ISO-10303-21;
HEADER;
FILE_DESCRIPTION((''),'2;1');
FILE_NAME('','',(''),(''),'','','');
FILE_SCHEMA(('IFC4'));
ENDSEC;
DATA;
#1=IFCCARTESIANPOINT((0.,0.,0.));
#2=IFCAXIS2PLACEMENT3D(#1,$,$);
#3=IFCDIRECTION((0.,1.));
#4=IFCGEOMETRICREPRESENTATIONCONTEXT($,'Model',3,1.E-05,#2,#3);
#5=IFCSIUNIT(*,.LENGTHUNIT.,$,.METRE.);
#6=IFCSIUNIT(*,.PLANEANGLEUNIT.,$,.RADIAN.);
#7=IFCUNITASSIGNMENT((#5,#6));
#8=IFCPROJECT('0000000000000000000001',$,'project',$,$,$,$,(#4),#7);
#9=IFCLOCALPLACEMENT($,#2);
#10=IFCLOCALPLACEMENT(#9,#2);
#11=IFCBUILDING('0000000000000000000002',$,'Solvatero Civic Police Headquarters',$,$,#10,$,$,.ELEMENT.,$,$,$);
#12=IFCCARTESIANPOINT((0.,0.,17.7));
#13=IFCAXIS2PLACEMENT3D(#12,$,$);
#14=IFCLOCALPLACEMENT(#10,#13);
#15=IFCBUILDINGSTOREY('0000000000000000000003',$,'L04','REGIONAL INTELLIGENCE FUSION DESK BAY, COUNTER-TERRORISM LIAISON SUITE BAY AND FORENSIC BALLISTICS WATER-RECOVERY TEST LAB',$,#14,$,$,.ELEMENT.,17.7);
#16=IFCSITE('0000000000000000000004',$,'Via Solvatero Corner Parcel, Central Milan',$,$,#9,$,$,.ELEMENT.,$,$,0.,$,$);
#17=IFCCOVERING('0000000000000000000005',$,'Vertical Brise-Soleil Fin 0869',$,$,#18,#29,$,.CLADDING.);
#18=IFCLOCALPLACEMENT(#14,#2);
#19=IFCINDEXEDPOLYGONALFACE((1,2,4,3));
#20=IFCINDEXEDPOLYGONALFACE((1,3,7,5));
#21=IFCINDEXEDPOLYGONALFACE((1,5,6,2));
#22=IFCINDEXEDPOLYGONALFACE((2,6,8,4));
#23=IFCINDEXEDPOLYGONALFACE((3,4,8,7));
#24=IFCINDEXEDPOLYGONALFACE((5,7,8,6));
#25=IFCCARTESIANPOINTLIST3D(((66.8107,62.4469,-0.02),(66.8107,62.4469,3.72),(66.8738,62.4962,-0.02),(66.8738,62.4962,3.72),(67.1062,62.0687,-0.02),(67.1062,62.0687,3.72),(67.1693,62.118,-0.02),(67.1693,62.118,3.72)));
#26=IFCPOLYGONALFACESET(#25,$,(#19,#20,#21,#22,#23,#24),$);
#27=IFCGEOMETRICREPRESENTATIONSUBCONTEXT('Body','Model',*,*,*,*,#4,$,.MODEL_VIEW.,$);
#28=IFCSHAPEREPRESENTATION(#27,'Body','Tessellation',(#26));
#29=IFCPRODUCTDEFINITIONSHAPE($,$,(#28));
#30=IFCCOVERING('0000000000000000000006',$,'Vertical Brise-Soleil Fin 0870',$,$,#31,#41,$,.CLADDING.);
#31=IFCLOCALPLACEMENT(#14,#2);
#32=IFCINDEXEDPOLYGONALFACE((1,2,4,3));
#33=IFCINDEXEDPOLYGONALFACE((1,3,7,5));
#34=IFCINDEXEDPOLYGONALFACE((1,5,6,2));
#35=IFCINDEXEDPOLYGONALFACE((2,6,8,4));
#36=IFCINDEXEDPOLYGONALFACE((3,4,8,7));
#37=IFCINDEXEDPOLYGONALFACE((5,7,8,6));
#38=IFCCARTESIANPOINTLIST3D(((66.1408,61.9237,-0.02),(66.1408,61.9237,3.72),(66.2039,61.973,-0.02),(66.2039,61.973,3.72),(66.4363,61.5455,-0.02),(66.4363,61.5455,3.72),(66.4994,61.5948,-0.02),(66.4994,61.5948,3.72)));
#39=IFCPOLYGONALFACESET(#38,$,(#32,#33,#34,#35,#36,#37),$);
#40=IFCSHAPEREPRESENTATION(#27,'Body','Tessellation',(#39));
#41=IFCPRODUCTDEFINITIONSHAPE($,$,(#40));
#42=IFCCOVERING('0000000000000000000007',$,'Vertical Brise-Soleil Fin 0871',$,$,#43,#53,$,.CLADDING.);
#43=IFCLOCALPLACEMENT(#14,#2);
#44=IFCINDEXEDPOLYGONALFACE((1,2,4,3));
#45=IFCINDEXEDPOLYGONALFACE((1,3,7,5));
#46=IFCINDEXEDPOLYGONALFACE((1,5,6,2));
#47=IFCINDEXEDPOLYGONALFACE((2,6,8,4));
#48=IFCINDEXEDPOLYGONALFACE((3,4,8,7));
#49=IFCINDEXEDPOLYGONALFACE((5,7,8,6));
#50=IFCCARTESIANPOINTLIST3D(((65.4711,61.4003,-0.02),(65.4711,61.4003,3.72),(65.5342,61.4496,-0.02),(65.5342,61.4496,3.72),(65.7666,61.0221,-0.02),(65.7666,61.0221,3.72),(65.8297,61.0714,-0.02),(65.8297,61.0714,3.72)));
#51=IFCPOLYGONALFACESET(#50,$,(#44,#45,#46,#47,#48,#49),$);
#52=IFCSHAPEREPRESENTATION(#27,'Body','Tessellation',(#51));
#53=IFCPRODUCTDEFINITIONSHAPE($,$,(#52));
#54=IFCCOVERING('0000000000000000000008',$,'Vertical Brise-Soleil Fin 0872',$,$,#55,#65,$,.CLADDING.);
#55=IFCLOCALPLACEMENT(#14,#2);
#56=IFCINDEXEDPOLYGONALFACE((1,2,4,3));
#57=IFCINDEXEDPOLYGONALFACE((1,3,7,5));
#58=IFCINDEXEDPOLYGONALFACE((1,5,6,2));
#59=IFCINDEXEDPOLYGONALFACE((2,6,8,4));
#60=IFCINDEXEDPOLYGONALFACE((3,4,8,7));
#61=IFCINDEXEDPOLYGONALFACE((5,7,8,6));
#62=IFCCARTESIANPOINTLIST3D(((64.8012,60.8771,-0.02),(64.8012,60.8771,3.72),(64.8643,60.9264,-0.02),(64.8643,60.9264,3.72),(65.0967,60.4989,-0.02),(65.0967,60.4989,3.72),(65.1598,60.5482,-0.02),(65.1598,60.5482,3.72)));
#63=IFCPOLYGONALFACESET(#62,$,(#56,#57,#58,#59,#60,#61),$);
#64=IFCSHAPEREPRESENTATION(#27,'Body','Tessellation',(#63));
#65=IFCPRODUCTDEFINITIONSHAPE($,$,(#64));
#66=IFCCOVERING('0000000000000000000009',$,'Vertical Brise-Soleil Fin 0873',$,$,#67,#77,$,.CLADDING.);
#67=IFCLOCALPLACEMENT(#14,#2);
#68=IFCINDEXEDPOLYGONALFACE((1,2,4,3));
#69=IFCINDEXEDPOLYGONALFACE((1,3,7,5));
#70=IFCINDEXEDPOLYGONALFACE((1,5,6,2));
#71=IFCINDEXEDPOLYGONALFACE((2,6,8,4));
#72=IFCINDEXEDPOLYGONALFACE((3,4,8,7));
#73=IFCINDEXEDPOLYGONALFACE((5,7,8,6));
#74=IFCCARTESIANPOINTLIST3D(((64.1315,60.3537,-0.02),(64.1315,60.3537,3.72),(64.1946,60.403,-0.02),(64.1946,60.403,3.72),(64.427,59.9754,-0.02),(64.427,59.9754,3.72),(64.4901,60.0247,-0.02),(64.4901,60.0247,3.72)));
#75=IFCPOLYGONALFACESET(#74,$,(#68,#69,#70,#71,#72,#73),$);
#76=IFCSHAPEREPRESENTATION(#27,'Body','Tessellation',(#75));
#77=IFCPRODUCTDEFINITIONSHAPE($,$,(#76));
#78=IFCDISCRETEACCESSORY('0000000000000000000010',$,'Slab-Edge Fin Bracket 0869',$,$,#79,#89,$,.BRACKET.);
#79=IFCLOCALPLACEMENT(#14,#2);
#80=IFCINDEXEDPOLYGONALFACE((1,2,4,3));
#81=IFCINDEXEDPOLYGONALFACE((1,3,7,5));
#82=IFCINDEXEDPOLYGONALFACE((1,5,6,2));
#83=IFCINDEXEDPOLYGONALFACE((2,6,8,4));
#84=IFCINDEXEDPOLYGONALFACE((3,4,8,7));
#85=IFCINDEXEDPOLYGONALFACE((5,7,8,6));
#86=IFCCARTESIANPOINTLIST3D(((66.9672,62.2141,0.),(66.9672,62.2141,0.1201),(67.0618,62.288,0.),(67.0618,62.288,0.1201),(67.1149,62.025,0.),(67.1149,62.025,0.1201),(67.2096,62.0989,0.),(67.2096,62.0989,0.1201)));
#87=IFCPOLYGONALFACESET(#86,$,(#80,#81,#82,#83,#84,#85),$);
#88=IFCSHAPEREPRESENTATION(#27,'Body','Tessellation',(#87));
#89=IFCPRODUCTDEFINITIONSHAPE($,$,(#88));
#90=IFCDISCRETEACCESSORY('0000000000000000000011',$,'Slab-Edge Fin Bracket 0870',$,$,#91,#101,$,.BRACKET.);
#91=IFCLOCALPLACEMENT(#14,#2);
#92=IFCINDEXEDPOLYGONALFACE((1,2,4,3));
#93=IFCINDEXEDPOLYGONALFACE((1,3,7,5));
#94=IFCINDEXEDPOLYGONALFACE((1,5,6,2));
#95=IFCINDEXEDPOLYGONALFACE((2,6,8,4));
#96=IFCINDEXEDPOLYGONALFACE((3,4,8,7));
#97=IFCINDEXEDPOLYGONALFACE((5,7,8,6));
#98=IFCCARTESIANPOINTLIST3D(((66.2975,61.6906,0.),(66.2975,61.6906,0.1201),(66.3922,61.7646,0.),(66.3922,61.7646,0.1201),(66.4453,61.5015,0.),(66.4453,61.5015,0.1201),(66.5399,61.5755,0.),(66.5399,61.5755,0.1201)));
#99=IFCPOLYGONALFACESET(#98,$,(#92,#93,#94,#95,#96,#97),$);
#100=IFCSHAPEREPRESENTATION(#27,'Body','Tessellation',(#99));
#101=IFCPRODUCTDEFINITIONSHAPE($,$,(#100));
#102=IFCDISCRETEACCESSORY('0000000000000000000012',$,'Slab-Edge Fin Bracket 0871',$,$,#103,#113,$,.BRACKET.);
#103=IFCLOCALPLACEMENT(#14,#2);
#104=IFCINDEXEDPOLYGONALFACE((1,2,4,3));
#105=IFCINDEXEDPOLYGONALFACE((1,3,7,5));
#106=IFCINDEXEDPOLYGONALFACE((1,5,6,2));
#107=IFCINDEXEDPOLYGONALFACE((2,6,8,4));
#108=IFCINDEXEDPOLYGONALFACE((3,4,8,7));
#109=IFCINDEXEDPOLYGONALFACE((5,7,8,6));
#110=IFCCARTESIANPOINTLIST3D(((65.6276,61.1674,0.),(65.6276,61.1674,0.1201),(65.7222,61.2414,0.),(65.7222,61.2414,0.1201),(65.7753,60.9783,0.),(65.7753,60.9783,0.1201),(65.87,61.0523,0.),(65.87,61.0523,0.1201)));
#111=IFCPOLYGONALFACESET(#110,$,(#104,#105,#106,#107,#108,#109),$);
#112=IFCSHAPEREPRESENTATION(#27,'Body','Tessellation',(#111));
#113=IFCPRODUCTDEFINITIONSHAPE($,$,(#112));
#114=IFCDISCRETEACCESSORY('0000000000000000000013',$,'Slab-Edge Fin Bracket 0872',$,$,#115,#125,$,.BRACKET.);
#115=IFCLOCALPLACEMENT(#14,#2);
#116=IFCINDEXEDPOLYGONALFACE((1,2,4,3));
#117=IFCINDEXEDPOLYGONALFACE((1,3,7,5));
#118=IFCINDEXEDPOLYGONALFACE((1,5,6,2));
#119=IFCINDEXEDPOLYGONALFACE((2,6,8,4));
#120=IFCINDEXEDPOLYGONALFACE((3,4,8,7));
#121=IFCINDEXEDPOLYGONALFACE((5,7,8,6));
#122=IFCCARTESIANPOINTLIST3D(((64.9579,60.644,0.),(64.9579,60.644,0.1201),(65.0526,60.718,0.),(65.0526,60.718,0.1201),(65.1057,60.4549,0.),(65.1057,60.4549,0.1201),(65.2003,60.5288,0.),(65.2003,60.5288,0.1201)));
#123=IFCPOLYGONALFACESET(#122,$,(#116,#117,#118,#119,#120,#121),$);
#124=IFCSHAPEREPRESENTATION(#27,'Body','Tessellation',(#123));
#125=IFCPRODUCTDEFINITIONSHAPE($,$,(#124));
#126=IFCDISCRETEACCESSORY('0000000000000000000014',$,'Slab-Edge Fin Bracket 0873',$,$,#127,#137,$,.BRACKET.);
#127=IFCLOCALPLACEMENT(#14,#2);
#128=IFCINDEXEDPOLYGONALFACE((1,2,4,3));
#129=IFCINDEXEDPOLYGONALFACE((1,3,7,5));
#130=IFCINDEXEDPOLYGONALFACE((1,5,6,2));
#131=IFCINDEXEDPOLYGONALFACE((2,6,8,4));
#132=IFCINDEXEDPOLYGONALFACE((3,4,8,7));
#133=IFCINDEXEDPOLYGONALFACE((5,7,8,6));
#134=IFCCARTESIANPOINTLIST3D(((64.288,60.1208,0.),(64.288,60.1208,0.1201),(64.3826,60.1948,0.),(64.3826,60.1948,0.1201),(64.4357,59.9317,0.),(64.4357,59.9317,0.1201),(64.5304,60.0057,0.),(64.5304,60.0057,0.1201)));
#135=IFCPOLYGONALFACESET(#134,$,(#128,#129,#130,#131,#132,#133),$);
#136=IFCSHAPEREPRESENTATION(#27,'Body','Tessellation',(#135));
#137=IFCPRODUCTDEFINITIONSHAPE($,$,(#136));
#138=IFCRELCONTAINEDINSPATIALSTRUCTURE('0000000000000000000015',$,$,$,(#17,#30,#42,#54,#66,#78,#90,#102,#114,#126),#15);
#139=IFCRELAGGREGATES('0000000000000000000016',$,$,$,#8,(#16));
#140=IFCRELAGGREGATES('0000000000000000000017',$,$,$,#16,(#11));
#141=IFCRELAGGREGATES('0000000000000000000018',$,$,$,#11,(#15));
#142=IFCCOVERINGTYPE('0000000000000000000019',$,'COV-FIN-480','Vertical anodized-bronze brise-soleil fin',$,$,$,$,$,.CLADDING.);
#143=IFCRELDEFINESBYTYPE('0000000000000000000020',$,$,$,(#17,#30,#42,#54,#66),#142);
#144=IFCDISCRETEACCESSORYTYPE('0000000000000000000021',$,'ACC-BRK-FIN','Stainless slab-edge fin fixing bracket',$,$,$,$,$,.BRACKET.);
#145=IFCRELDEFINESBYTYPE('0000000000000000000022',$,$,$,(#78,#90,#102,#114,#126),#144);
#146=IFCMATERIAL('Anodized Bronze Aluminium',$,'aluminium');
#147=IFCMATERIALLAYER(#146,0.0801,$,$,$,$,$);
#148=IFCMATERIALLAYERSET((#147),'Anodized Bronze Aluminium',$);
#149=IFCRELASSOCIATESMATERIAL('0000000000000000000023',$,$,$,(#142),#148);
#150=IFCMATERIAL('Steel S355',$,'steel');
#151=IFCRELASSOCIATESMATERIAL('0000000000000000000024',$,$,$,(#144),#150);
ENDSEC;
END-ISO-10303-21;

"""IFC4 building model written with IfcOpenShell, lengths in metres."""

from ifc_helpers import new_model, si_unit, direction, frame, origin, origin_2d, place, context, subcontext, project, spatial, rectangle, extrude, material, layer, layer_set, type_object, element, save


model = new_model("IFC4")

# Units and contexts
model_context = context("Model", 3, precision=1e-05, world=origin(), true_north=direction((0.0, 1.0)))
body_context = subcontext(model_context, "Body", "Model", "MODEL_VIEW")
ifc_project = project(units=[si_unit("LENGTHUNIT", "METRE"), si_unit("PLANEANGLEUNIT", "RADIAN")], contexts=[model_context])

# Site, building, storey
site_placement = place(None, origin())
site = spatial("IfcSite", under=ifc_project, at=site_placement, Name="Via Solvatero Corner Parcel, Central Milan", CompositionType="ELEMENT", RefElevation=0.0)
building_placement = place(site_placement, origin())
building = spatial("IfcBuilding", under=site, at=building_placement, Name="Solvatero Civic Police Headquarters", CompositionType="ELEMENT")
storey_placement = place(building_placement, frame((0.0, 0.0, 17.7)))
storey = spatial("IfcBuildingStorey", under=building, at=storey_placement, Name="L04", Description="REGIONAL INTELLIGENCE FUSION DESK BAY, COUNTER-TERRORISM LIAISON SUITE BAY AND FORENSIC BALLISTICS WATER-RECOVERY TEST LAB", CompositionType="ELEMENT", Elevation=17.7)

# Shared definitions
ifc_material_1 = material(Name="Steel S355", Category="steel")

# Shared definitions
ifc_material_2 = material(Name="Anodized Bronze Aluminium", Category="aluminium")

# Coverings
ifc_layer_1 = layer(ifc_material_2, 0.0801)
ifc_layer_set_1 = layer_set([ifc_layer_1], Name="Anodized Bronze Aluminium")
covering_type = type_object("IfcCoveringType", Name="COV-FIN-480", Description="Vertical anodized-bronze brise-soleil fin", PredefinedType="CLADDING", material=ifc_layer_set_1)
for number, where, z_axis, x_axis, name in (
    (1, (66.99, 62.2825, -0.02), (0.0, 0.0, 1.0), (-0.788011, -0.615661, 0.0), "Vertical Brise-Soleil Fin 0869"),
    (2, (66.3201, 61.7593, -0.02), (0.0, 0.0, 1.0), (-0.788011, -0.615661, 0.0), "Vertical Brise-Soleil Fin 0870"),
    (3, (65.6504, 61.2358, -0.02), (0.0, 0.0, 1.0), (-0.788011, -0.615661, 0.0), "Vertical Brise-Soleil Fin 0871"),
    (4, (64.9805, 60.7126, -0.02), (0.0, 0.0, 1.0), (-0.788011, -0.615661, 0.0), "Vertical Brise-Soleil Fin 0872"),
    (5, (64.3108, 60.1892, -0.02), (0.0, 0.0, 1.0), (-0.788011, -0.615661, 0.0), "Vertical Brise-Soleil Fin 0873"),
):
    element("IfcCovering", number, at=place(storey_placement, frame(where, z_axis=z_axis, x_axis=x_axis)), inside=storey, type_object=covering_type, Name=name, PredefinedType="CLADDING", context=body_context, shape_type="SweptSolid", body=[
        extrude(rectangle(XDim=0.0801, YDim=0.48, at=origin_2d()), origin(), (0.0, 0.0, 1.0), 3.74),
    ])

# Discrete accessories
discrete_accessory_type = type_object("IfcDiscreteAccessoryType", Name="ACC-BRK-FIN", Description="Stainless slab-edge fin fixing bracket", PredefinedType="BRACKET", material=ifc_material_1)
for number, where, z_axis, x_axis, name in (
    (6, (67.0884, 62.1565, 0.0), (0.0, 0.0, 1.0), (-0.788011, -0.615661, 0.0), "Slab-Edge Fin Bracket 0869"),
    (7, (66.4187, 61.6331, 0.0), (0.0, 0.0, 1.0), (-0.788011, -0.615661, 0.0), "Slab-Edge Fin Bracket 0870"),
    (8, (65.7488, 61.1099, 0.0), (0.0, 0.0, 1.0), (-0.788011, -0.615661, 0.0), "Slab-Edge Fin Bracket 0871"),
    (9, (65.0791, 60.5864, 0.0), (0.0, 0.0, 1.0), (-0.788011, -0.615661, 0.0), "Slab-Edge Fin Bracket 0872"),
    (10, (64.4092, 60.0632, 0.0), (0.0, 0.0, 1.0), (-0.788011, -0.615661, 0.0), "Slab-Edge Fin Bracket 0873"),
):
    element("IfcDiscreteAccessory", number, at=place(storey_placement, frame(where, z_axis=z_axis, x_axis=x_axis)), inside=storey, type_object=discrete_accessory_type, Name=name, PredefinedType="BRACKET", context=body_context, shape_type="SweptSolid", body=[
        extrude(rectangle(XDim=0.1201, YDim=0.24, at=origin_2d()), origin(), (0.0, 0.0, 1.0), 0.1201),
    ])

save(model, "model.ifc")
